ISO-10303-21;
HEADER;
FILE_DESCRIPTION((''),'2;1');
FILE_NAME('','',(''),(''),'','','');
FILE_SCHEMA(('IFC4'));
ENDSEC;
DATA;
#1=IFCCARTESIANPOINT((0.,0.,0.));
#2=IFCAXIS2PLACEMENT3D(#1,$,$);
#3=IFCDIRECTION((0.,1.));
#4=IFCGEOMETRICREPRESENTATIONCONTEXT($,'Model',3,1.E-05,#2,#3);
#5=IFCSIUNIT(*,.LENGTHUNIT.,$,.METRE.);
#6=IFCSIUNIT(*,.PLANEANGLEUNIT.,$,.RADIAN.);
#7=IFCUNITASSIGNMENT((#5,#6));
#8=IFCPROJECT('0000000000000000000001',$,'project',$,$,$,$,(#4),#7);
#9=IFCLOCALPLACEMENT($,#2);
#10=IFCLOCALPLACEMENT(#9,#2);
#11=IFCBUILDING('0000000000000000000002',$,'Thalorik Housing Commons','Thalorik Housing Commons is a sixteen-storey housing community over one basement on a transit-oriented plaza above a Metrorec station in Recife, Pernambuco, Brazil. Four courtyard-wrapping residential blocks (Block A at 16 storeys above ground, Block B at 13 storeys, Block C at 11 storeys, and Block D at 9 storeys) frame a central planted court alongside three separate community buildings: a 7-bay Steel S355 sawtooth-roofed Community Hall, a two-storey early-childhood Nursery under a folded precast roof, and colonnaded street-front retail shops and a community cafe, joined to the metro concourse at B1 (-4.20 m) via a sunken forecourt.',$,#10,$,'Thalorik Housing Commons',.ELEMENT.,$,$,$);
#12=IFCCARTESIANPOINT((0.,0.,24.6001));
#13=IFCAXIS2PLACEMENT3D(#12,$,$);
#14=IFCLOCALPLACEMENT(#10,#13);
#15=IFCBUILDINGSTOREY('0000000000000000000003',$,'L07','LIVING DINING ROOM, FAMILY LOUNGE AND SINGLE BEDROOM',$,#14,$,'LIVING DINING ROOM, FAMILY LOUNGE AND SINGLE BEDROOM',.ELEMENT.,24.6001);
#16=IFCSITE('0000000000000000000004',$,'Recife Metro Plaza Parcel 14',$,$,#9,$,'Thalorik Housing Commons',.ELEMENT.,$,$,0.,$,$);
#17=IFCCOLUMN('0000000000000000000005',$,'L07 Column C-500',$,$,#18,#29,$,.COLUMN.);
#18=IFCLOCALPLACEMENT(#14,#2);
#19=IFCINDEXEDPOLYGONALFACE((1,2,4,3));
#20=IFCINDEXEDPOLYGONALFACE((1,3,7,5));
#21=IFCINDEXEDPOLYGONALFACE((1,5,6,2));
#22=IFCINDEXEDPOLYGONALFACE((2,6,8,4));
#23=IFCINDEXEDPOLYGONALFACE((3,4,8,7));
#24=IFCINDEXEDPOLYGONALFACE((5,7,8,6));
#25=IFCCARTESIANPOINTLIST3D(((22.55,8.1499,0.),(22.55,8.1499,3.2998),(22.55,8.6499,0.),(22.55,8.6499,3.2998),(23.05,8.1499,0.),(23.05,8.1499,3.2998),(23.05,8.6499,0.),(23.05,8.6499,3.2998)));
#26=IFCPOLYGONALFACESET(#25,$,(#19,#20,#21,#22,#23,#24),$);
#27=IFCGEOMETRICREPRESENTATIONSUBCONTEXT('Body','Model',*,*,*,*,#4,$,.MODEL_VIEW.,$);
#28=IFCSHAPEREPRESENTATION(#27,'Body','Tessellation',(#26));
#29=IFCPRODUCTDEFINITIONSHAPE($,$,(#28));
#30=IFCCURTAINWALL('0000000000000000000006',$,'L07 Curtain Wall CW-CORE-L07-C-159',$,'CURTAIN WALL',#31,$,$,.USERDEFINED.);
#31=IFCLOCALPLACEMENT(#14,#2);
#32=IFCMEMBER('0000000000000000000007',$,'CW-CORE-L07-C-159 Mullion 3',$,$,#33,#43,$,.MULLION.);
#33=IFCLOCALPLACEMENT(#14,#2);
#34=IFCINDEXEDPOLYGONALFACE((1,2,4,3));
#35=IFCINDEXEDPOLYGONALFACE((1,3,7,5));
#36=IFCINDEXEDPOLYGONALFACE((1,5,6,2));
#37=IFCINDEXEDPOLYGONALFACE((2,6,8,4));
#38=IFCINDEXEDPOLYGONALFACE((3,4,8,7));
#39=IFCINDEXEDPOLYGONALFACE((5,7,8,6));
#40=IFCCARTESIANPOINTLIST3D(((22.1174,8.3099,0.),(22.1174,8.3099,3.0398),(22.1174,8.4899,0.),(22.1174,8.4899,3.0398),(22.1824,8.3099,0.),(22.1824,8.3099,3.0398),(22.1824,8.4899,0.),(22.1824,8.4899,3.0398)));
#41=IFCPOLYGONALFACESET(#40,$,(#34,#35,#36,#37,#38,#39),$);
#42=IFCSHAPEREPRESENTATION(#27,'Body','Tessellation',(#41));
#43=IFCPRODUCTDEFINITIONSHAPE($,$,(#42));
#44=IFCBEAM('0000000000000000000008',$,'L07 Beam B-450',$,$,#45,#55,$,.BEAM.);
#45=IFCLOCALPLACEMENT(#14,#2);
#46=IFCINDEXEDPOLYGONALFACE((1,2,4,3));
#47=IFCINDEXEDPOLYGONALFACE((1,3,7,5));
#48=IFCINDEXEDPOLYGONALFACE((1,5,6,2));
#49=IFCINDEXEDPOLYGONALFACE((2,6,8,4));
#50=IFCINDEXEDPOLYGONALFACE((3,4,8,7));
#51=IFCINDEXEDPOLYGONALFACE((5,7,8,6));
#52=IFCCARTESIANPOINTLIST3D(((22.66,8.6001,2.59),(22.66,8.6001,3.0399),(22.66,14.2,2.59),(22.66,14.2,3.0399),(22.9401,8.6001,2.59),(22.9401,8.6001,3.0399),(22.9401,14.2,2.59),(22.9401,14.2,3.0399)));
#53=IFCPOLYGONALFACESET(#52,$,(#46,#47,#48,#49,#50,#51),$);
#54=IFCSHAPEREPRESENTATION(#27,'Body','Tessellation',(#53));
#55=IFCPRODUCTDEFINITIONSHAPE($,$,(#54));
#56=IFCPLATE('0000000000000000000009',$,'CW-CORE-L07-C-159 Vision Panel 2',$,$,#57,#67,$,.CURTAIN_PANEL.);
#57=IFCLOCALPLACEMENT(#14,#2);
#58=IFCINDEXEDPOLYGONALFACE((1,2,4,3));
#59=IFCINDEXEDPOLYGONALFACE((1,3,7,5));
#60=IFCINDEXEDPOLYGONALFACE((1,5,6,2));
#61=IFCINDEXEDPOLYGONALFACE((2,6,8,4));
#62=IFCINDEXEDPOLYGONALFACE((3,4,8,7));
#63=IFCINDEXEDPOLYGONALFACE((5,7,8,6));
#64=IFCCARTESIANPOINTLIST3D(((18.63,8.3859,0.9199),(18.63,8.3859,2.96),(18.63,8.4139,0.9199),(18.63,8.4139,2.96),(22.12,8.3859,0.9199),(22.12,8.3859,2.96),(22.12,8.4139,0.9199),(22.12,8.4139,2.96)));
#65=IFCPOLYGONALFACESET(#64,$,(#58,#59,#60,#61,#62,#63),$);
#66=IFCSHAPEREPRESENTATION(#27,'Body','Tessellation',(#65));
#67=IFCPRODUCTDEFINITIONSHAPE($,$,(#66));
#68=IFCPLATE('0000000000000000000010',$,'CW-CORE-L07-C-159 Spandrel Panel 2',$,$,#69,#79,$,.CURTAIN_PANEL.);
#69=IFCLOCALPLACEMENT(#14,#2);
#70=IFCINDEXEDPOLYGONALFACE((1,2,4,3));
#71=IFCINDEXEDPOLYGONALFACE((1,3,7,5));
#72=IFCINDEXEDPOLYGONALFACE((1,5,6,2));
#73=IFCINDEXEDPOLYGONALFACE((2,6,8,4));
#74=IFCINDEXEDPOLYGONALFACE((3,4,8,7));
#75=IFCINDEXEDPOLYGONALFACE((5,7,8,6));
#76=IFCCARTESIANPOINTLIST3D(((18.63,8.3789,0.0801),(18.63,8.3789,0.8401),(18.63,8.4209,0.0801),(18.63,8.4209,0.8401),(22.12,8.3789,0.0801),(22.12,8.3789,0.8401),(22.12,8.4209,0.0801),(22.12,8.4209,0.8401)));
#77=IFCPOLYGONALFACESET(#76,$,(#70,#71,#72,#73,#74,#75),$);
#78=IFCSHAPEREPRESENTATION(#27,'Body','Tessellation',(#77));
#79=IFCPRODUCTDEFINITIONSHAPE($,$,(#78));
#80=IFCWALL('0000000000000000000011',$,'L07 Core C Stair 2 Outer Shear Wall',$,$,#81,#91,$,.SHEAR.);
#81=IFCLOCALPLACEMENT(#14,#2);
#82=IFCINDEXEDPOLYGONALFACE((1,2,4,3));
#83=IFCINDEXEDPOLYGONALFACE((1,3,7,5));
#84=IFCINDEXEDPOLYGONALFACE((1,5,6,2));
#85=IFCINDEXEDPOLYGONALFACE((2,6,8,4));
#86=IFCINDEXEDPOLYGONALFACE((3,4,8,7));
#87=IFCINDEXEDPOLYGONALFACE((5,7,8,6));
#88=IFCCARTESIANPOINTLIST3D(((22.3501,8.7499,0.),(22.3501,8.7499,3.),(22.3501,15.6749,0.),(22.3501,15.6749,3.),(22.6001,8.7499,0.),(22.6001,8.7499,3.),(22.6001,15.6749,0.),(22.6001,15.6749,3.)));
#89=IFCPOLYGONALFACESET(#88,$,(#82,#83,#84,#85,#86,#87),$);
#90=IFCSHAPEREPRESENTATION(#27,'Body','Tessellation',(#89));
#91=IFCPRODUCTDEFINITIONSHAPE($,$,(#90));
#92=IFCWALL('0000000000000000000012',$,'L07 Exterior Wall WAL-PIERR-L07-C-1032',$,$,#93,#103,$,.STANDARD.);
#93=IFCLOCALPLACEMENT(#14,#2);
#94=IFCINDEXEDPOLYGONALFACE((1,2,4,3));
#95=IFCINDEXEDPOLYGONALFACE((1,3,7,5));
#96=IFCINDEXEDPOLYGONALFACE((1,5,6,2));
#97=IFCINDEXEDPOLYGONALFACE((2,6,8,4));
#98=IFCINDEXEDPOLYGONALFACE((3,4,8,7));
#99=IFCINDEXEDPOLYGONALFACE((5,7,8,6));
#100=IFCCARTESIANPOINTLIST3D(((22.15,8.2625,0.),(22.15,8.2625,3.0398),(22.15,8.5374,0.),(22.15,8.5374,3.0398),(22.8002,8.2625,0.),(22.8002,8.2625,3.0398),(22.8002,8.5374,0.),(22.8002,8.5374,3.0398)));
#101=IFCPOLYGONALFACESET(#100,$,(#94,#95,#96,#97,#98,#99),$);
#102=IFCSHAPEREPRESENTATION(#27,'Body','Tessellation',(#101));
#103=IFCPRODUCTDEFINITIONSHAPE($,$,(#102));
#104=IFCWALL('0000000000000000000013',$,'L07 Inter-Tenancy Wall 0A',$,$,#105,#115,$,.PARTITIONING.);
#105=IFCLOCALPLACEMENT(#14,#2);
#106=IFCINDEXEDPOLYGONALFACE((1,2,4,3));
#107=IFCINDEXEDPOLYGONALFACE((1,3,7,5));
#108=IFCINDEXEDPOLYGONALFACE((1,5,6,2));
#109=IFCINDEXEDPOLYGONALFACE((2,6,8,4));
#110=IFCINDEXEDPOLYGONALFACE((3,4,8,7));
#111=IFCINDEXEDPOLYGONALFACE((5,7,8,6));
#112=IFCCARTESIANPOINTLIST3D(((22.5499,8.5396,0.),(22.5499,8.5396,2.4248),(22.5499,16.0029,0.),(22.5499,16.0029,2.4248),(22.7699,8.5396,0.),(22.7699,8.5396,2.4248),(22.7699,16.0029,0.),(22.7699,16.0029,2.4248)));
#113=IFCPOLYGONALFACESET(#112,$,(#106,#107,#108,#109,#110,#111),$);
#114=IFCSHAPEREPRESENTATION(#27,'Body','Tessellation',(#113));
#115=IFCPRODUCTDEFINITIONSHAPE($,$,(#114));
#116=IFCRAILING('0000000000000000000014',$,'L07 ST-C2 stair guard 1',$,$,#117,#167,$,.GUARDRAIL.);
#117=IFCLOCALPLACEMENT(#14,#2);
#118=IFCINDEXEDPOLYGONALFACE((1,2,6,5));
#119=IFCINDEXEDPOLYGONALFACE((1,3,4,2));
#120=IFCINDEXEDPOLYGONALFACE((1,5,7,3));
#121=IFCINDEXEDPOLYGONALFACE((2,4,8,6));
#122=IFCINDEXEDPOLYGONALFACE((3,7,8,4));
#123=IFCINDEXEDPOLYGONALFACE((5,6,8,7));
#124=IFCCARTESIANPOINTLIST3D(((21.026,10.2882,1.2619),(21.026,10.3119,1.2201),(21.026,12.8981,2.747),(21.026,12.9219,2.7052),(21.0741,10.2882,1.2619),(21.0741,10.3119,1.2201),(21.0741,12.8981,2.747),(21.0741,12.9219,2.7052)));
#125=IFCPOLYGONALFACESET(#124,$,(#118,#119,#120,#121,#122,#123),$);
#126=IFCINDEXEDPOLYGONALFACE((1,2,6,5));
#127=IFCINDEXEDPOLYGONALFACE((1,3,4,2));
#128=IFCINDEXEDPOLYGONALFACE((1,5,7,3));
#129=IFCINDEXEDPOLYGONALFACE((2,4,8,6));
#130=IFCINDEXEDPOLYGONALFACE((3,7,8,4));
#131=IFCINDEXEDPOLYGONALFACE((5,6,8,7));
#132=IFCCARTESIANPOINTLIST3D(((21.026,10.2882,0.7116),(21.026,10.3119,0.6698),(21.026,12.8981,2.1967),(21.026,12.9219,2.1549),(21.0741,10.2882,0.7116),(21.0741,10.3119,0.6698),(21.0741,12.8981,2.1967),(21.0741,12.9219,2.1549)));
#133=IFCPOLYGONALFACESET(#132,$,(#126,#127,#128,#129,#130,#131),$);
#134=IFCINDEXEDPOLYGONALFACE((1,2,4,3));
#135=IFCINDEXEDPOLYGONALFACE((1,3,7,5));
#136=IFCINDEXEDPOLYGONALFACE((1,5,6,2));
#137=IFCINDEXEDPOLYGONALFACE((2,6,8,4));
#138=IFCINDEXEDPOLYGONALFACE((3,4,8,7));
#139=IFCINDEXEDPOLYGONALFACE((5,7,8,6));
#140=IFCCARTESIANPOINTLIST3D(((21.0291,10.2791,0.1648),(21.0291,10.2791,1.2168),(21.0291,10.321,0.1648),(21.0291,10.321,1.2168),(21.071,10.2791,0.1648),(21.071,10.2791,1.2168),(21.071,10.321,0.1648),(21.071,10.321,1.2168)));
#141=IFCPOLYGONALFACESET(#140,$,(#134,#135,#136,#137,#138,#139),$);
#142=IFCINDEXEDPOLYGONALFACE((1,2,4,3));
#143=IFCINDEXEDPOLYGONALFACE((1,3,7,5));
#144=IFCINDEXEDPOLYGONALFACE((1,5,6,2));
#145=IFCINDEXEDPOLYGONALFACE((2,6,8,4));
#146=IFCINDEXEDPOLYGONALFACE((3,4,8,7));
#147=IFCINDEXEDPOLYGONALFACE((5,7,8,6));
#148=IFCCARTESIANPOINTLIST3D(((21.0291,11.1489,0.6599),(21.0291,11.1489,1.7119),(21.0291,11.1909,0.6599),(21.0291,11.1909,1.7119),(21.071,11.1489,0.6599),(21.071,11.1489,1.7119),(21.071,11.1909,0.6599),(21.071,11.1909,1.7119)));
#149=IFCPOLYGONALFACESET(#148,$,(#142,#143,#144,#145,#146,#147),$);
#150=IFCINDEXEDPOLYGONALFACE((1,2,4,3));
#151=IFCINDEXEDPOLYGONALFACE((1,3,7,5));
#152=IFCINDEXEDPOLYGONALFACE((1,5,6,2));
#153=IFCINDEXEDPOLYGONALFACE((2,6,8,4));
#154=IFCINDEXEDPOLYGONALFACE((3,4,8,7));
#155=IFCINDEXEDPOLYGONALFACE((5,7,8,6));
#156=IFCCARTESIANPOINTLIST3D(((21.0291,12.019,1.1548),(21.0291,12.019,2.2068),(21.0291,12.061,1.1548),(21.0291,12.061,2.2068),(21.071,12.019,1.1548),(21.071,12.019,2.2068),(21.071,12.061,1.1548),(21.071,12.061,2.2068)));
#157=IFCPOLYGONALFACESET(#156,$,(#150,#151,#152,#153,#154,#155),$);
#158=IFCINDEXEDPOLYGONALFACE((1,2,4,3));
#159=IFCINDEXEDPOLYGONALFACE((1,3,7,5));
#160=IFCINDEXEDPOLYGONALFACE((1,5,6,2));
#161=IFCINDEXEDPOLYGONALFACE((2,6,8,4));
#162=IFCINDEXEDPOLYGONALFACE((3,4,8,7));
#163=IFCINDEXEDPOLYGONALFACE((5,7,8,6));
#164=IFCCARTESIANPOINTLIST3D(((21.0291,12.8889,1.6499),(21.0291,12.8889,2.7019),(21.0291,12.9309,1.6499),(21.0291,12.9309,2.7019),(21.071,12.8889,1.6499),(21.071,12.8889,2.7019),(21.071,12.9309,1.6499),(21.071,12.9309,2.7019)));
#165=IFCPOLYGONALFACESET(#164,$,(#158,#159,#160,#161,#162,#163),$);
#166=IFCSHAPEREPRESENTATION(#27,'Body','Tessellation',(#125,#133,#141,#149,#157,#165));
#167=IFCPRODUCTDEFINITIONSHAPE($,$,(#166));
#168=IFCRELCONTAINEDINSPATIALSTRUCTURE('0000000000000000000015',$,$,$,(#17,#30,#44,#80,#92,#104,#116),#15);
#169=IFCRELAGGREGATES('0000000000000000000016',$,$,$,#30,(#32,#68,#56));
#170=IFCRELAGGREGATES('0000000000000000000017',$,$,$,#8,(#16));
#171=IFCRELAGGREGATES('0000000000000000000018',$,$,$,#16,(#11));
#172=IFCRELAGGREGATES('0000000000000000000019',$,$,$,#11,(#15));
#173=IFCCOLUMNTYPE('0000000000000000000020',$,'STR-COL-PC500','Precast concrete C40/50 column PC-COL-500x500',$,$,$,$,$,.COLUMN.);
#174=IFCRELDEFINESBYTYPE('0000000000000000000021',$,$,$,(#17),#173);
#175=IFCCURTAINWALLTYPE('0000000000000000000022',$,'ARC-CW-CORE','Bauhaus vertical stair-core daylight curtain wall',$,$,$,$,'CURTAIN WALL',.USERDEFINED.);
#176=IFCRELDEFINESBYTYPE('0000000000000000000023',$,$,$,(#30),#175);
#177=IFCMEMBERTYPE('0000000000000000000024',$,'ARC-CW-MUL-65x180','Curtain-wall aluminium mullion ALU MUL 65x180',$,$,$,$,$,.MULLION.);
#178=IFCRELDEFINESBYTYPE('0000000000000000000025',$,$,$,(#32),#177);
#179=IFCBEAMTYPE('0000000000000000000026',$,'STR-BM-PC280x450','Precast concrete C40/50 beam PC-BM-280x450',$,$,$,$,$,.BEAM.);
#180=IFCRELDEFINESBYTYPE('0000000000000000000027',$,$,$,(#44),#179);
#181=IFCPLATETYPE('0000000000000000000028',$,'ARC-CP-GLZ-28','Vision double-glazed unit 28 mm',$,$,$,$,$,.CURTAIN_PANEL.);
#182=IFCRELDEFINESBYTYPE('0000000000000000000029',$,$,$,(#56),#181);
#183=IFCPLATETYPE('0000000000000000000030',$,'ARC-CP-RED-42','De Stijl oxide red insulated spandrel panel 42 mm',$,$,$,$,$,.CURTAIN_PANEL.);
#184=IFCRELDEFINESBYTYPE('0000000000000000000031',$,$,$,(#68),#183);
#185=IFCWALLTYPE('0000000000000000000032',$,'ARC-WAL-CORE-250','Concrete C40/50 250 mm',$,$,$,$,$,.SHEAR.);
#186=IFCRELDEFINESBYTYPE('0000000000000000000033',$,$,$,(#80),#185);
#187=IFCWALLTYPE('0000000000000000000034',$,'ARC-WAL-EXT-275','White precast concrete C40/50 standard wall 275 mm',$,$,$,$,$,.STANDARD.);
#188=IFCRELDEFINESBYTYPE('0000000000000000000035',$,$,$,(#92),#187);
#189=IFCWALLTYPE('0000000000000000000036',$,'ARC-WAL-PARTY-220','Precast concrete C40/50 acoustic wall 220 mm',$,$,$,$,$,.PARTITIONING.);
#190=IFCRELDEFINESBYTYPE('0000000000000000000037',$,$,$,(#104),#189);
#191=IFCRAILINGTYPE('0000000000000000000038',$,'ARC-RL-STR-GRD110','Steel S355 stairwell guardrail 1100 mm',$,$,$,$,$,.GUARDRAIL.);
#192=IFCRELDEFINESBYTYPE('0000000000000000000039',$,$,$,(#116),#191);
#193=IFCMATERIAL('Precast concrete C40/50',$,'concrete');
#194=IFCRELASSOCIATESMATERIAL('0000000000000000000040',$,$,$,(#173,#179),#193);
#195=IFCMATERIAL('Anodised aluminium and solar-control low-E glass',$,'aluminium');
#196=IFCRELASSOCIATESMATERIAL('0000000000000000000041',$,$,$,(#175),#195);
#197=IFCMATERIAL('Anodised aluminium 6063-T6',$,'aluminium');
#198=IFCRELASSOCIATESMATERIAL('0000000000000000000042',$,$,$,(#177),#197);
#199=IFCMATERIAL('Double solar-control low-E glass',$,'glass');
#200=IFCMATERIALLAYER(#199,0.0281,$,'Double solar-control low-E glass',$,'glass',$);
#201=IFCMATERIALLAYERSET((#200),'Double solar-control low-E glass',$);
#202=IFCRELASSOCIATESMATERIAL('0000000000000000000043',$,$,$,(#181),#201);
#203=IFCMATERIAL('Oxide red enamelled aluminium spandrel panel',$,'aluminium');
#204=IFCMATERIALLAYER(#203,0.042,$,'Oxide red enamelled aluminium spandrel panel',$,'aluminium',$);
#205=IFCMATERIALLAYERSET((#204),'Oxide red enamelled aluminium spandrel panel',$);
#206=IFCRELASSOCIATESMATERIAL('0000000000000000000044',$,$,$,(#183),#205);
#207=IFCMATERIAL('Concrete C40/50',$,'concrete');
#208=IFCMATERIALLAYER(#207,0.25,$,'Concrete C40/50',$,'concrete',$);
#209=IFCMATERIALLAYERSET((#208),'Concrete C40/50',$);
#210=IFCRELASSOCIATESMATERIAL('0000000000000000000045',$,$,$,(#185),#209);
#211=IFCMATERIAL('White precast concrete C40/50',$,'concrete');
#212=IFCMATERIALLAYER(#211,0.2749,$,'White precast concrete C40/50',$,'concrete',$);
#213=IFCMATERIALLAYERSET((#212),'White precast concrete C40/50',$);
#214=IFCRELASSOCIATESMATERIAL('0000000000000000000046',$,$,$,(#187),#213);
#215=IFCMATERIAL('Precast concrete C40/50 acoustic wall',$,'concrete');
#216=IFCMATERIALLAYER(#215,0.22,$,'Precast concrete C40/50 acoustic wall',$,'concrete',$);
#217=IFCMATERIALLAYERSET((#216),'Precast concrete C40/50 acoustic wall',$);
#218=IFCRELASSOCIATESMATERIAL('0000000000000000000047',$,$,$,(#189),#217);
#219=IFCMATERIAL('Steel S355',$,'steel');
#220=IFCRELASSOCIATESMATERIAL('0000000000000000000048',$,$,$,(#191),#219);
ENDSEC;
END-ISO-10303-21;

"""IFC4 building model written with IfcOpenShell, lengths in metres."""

from ifc_helpers import new_model, si_unit, direction, frame, frame_2d, origin, origin_2d, place, context, subcontext, project, spatial, rectangle, extrude, material, layer, layer_set, material_profile, profile_set, type_object, element, aggregate, save


model = new_model("IFC4")

# Units and contexts
model_context = context("Model", 3, precision=1e-05, world=origin(), true_north=direction((0.0, 1.0)))
body_context = subcontext(model_context, "Body", "Model", "MODEL_VIEW")
ifc_project = project(units=[si_unit("LENGTHUNIT", "METRE"), si_unit("PLANEANGLEUNIT", "RADIAN")], contexts=[model_context])

# Site, building, storey
site_placement = place(None, origin())
site = spatial("IfcSite", under=ifc_project, at=site_placement, Name="Recife Metro Plaza Parcel 14", LongName="Thalorik Housing Commons", CompositionType="ELEMENT", RefElevation=0.0)
building_placement = place(site_placement, origin())
building = spatial("IfcBuilding", under=site, at=building_placement, Name="Thalorik Housing Commons", Description="Thalorik Housing Commons is a sixteen-storey housing community over one basement on a transit-oriented plaza above a Metrorec station in Recife, Pernambuco, Brazil. Four courtyard-wrapping residential blocks (Block A at 16 storeys above ground, Block B at 13 storeys, Block C at 11 storeys, and Block D at 9 storeys) frame a central planted court alongside three separate community buildings: a 7-bay Steel S355 sawtooth-roofed Community Hall, a two-storey early-childhood Nursery under a folded precast roof, and colonnaded street-front retail shops and a community cafe, joined to the metro concourse at B1 (-4.20 m) via a sunken forecourt.", LongName="Thalorik Housing Commons", CompositionType="ELEMENT")
storey_placement = place(building_placement, frame((0.0, 0.0, 24.6001)))
storey = spatial("IfcBuildingStorey", under=building, at=storey_placement, Name="L07", Description="LIVING DINING ROOM, FAMILY LOUNGE AND SINGLE BEDROOM", LongName="LIVING DINING ROOM, FAMILY LOUNGE AND SINGLE BEDROOM", CompositionType="ELEMENT", Elevation=24.6001)

# Column
ifc_material_1 = material(Name="Precast concrete C40/50", Category="concrete")
ifc_material_profile_1 = material_profile(ifc_material_1, rectangle(XDim=0.5, YDim=0.5, at=origin_2d()), Name="PC 500x500", Category="concrete")
ifc_profile_set_1 = profile_set([ifc_material_profile_1], Name="Precast concrete C40/50")
column_type = type_object("IfcColumnType", Name="STR-COL-PC500", Description="Precast concrete C40/50 column PC-COL-500x500", PredefinedType="COLUMN", material=ifc_profile_set_1)
column_placement = place(storey_placement, frame((22.8, 8.3999, 0.0), z_axis=(0.0, 0.0, 1.0), x_axis=(1.0, 0.0, 0.0)))
element("IfcColumn", 1, at=column_placement, inside=storey, type_object=column_type, Name="L07 Column C-500", PredefinedType="COLUMN", context=body_context, shape_type="SweptSolid", body=[
    extrude(rectangle(XDim=0.5, YDim=0.5, at=origin_2d()), origin(), (0.0, 0.0, 1.0), 3.2998),
])

# Curtain wall, member
ifc_material_2 = material(Name="Anodised aluminium and solar-control low-E glass", Category="aluminium")
curtain_wall_type = type_object("IfcCurtainWallType", Name="ARC-CW-CORE", Description="Bauhaus vertical stair-core daylight curtain wall", ElementType="CURTAIN WALL", PredefinedType="USERDEFINED", material=ifc_material_2)
curtain_wall_placement = place(storey_placement, origin())
curtain_wall = element("IfcCurtainWall", 2, at=curtain_wall_placement, inside=storey, type_object=curtain_wall_type, Name="L07 Curtain Wall CW-CORE-L07-C-159", ObjectType="CURTAIN WALL", PredefinedType="USERDEFINED")
ifc_material_3 = material(Name="Anodised aluminium 6063-T6", Category="aluminium")
ifc_material_profile_2 = material_profile(ifc_material_3, rectangle(XDim=0.0649, YDim=0.1799, at=origin_2d()), Name="ALU MUL 65x180", Category="aluminium")
ifc_profile_set_2 = profile_set([ifc_material_profile_2], Name="Anodised aluminium 6063-T6")
member_type = type_object("IfcMemberType", Name="ARC-CW-MUL-65x180", Description="Curtain-wall aluminium mullion ALU MUL 65x180", PredefinedType="MULLION", material=ifc_profile_set_2)
member_placement = place(storey_placement, frame((22.1499, 8.3999, 0.0), z_axis=(0.0, 0.0, 1.0), x_axis=(1.0, 0.0, 0.0)))
member = element("IfcMember", 3, at=member_placement, type_object=member_type, Name="CW-CORE-L07-C-159 Mullion 3", PredefinedType="MULLION", context=body_context, shape_type="SweptSolid", body=[
    extrude(rectangle(XDim=0.0649, YDim=0.1799, at=origin_2d()), origin(), (0.0, 0.0, 1.0), 3.0398),
])

# Beam
ifc_material_profile_3 = material_profile(ifc_material_1, rectangle(XDim=0.28, YDim=0.45, at=origin_2d()), Name="PC 280x450", Category="concrete")
ifc_profile_set_3 = profile_set([ifc_material_profile_3], Name="Precast concrete C40/50")
beam_type = type_object("IfcBeamType", Name="STR-BM-PC280x450", Description="Precast concrete C40/50 beam PC-BM-280x450", PredefinedType="BEAM", material=ifc_profile_set_3)
beam_placement = place(storey_placement, frame((22.8, 8.6001, 2.8149), z_axis=(0.0, 1.0, 0.0), x_axis=(-1.0, 0.0, 0.0)))
element("IfcBeam", 4, at=beam_placement, inside=storey, type_object=beam_type, Name="L07 Beam B-450", PredefinedType="BEAM", context=body_context, shape_type="SweptSolid", body=[
    extrude(rectangle(XDim=0.28, YDim=0.45, at=origin_2d()), origin(), (0.0, 0.0, 1.0), 5.5999),
])

# Plates
ifc_material_4 = material(Name="Double solar-control low-E glass", Category="glass")
ifc_layer_1 = layer(ifc_material_4, 0.0281, Name="Double solar-control low-E glass", Category="glass")
ifc_layer_set_1 = layer_set([ifc_layer_1], Name="Double solar-control low-E glass")
plate_type_1 = type_object("IfcPlateType", Name="ARC-CP-GLZ-28", Description="Vision double-glazed unit 28 mm", PredefinedType="CURTAIN_PANEL", material=ifc_layer_set_1)
plate_1_placement = place(storey_placement, frame((20.375, 8.3999, 0.9199), z_axis=(0.0, 0.0, 1.0), x_axis=(1.0, 0.0, 0.0)))
plate_1 = element("IfcPlate", 5, at=plate_1_placement, type_object=plate_type_1, Name="CW-CORE-L07-C-159 Vision Panel 2", PredefinedType="CURTAIN_PANEL", context=body_context, shape_type="SweptSolid", body=[
    extrude(rectangle(XDim=3.49, YDim=0.0281, at=origin_2d()), origin(), (0.0, 0.0, 1.0), 2.04),
])
ifc_material_5 = material(Name="Oxide red enamelled aluminium spandrel panel", Category="aluminium")
ifc_layer_2 = layer(ifc_material_5, 0.042, Name="Oxide red enamelled aluminium spandrel panel", Category="aluminium")
ifc_layer_set_2 = layer_set([ifc_layer_2], Name="Oxide red enamelled aluminium spandrel panel")
plate_type_2 = type_object("IfcPlateType", Name="ARC-CP-RED-42", Description="De Stijl oxide red insulated spandrel panel 42 mm", PredefinedType="CURTAIN_PANEL", material=ifc_layer_set_2)
plate_2_placement = place(storey_placement, frame((20.375, 8.3999, 0.0801), z_axis=(0.0, 0.0, 1.0), x_axis=(1.0, 0.0, 0.0)))
plate_2 = element("IfcPlate", 6, at=plate_2_placement, type_object=plate_type_2, Name="CW-CORE-L07-C-159 Spandrel Panel 2", PredefinedType="CURTAIN_PANEL", context=body_context, shape_type="SweptSolid", body=[
    extrude(rectangle(XDim=3.49, YDim=0.042, at=origin_2d()), origin(), (0.0, 0.0, 1.0), 0.76),
])
aggregate(curtain_wall, [member, plate_2, plate_1])

# Walls
ifc_material_6 = material(Name="Concrete C40/50", Category="concrete")
ifc_layer_3 = layer(ifc_material_6, 0.25, Name="Concrete C40/50", Category="concrete")
ifc_layer_set_3 = layer_set([ifc_layer_3], Name="Concrete C40/50")
wall_type_1 = type_object("IfcWallType", Name="ARC-WAL-CORE-250", Description="Concrete C40/50 250 mm", PredefinedType="SHEAR", material=ifc_layer_set_3)
wall_1_placement = place(storey_placement, frame((22.4751, 8.75, 0.0), z_axis=(0.0, 0.0, 1.0), x_axis=(0.0, 1.0, 0.0)))
element("IfcWall", 7, at=wall_1_placement, inside=storey, type_object=wall_type_1, Name="L07 Core C Stair 2 Outer Shear Wall", PredefinedType="SHEAR", context=body_context, shape_type="SweptSolid", body=[
    extrude(rectangle(XDim=6.925, YDim=0.25, at=frame_2d((3.4624, 0.0))), origin(), (0.0, 0.0, 1.0), 3.0),
])
ifc_material_7 = material(Name="White precast concrete C40/50", Category="concrete")
ifc_layer_4 = layer(ifc_material_7, 0.2749, Name="White precast concrete C40/50", Category="concrete")
ifc_layer_set_4 = layer_set([ifc_layer_4], Name="White precast concrete C40/50")
wall_type_2 = type_object("IfcWallType", Name="ARC-WAL-EXT-275", Description="White precast concrete C40/50 standard wall 275 mm", PredefinedType="STANDARD", material=ifc_layer_set_4)
wall_2_placement = place(storey_placement, frame((22.1499, 8.3999, 0.0), z_axis=(0.0, 0.0, 1.0), x_axis=(1.0, 0.0, 0.0)))
element("IfcWall", 8, at=wall_2_placement, inside=storey, type_object=wall_type_2, Name="L07 Exterior Wall WAL-PIERR-L07-C-1032", PredefinedType="STANDARD", context=body_context, shape_type="SweptSolid", body=[
    extrude(rectangle(XDim=0.6501, YDim=0.2749, at=frame_2d((0.3252, 0.0))), origin(), (0.0, 0.0, 1.0), 3.0398),
])

# Wall
ifc_material_8 = material(Name="Precast concrete C40/50 acoustic wall", Category="concrete")
ifc_layer_5 = layer(ifc_material_8, 0.22, Name="Precast concrete C40/50 acoustic wall", Category="concrete")
ifc_layer_set_5 = layer_set([ifc_layer_5], Name="Precast concrete C40/50 acoustic wall")
wall_type_3 = type_object("IfcWallType", Name="ARC-WAL-PARTY-220", Description="Precast concrete C40/50 acoustic wall 220 mm", PredefinedType="PARTITIONING", material=ifc_layer_set_5)
wall_3_placement = place(storey_placement, frame((22.6599, 8.5396, 0.0), z_axis=(0.0, 0.0, 1.0), x_axis=(0.0, 1.0, 0.0)))
element("IfcWall", 9, at=wall_3_placement, inside=storey, type_object=wall_type_3, Name="L07 Inter-Tenancy Wall 0A", PredefinedType="PARTITIONING", context=body_context, shape_type="SweptSolid", body=[
    extrude(rectangle(XDim=7.4634, YDim=0.22, at=frame_2d((3.7317, 0.0))), origin(), (0.0, 0.0, 1.0), 2.4248),
])

# Railing
ifc_material_9 = material(Name="Steel S355", Category="steel")
railing_type = type_object("IfcRailingType", Name="ARC-RL-STR-GRD110", Description="Steel S355 stairwell guardrail 1100 mm", PredefinedType="GUARDRAIL", material=ifc_material_9)
railing_1_placement = place(storey_placement, frame((21.05, 10.3, 0.1648)))
element("IfcRailing", 10, at=railing_1_placement, inside=storey, type_object=railing_type, Name="L07 ST-C2 stair guard 1", PredefinedType="GUARDRAIL", context=body_context, shape_type="SweptSolid", body=[
    extrude(rectangle(XDim=0.0481, YDim=0.0481, at=origin_2d()), frame((0.0, 0.0, 1.0762), z_axis=(0.0, 0.869137, 0.494571), x_axis=(-1.0, 0.0, 0.0)), (0.0, 0.0, 1.0), 3.0029),
    extrude(rectangle(XDim=0.0481, YDim=0.0481, at=origin_2d()), frame((0.0, 0.0, 0.5259), z_axis=(0.0, 0.869137, 0.494571), x_axis=(-1.0, 0.0, 0.0)), (0.0, 0.0, 1.0), 3.0029),
    extrude(rectangle(XDim=0.042, YDim=0.042, at=origin_2d()), origin(), (0.0, 0.0, 1.0), 1.052),
    extrude(rectangle(XDim=0.042, YDim=0.042, at=origin_2d()), frame((0.0, 0.8699, 0.4951)), (0.0, 0.0, 1.0), 1.052),
    extrude(rectangle(XDim=0.042, YDim=0.042, at=origin_2d()), frame((0.0, 1.74, 0.99)), (0.0, 0.0, 1.0), 1.052),
    extrude(rectangle(XDim=0.042, YDim=0.042, at=origin_2d()), frame((0.0, 2.6099, 1.4851)), (0.0, 0.0, 1.0), 1.052),
])

save(model, "model.ifc")
